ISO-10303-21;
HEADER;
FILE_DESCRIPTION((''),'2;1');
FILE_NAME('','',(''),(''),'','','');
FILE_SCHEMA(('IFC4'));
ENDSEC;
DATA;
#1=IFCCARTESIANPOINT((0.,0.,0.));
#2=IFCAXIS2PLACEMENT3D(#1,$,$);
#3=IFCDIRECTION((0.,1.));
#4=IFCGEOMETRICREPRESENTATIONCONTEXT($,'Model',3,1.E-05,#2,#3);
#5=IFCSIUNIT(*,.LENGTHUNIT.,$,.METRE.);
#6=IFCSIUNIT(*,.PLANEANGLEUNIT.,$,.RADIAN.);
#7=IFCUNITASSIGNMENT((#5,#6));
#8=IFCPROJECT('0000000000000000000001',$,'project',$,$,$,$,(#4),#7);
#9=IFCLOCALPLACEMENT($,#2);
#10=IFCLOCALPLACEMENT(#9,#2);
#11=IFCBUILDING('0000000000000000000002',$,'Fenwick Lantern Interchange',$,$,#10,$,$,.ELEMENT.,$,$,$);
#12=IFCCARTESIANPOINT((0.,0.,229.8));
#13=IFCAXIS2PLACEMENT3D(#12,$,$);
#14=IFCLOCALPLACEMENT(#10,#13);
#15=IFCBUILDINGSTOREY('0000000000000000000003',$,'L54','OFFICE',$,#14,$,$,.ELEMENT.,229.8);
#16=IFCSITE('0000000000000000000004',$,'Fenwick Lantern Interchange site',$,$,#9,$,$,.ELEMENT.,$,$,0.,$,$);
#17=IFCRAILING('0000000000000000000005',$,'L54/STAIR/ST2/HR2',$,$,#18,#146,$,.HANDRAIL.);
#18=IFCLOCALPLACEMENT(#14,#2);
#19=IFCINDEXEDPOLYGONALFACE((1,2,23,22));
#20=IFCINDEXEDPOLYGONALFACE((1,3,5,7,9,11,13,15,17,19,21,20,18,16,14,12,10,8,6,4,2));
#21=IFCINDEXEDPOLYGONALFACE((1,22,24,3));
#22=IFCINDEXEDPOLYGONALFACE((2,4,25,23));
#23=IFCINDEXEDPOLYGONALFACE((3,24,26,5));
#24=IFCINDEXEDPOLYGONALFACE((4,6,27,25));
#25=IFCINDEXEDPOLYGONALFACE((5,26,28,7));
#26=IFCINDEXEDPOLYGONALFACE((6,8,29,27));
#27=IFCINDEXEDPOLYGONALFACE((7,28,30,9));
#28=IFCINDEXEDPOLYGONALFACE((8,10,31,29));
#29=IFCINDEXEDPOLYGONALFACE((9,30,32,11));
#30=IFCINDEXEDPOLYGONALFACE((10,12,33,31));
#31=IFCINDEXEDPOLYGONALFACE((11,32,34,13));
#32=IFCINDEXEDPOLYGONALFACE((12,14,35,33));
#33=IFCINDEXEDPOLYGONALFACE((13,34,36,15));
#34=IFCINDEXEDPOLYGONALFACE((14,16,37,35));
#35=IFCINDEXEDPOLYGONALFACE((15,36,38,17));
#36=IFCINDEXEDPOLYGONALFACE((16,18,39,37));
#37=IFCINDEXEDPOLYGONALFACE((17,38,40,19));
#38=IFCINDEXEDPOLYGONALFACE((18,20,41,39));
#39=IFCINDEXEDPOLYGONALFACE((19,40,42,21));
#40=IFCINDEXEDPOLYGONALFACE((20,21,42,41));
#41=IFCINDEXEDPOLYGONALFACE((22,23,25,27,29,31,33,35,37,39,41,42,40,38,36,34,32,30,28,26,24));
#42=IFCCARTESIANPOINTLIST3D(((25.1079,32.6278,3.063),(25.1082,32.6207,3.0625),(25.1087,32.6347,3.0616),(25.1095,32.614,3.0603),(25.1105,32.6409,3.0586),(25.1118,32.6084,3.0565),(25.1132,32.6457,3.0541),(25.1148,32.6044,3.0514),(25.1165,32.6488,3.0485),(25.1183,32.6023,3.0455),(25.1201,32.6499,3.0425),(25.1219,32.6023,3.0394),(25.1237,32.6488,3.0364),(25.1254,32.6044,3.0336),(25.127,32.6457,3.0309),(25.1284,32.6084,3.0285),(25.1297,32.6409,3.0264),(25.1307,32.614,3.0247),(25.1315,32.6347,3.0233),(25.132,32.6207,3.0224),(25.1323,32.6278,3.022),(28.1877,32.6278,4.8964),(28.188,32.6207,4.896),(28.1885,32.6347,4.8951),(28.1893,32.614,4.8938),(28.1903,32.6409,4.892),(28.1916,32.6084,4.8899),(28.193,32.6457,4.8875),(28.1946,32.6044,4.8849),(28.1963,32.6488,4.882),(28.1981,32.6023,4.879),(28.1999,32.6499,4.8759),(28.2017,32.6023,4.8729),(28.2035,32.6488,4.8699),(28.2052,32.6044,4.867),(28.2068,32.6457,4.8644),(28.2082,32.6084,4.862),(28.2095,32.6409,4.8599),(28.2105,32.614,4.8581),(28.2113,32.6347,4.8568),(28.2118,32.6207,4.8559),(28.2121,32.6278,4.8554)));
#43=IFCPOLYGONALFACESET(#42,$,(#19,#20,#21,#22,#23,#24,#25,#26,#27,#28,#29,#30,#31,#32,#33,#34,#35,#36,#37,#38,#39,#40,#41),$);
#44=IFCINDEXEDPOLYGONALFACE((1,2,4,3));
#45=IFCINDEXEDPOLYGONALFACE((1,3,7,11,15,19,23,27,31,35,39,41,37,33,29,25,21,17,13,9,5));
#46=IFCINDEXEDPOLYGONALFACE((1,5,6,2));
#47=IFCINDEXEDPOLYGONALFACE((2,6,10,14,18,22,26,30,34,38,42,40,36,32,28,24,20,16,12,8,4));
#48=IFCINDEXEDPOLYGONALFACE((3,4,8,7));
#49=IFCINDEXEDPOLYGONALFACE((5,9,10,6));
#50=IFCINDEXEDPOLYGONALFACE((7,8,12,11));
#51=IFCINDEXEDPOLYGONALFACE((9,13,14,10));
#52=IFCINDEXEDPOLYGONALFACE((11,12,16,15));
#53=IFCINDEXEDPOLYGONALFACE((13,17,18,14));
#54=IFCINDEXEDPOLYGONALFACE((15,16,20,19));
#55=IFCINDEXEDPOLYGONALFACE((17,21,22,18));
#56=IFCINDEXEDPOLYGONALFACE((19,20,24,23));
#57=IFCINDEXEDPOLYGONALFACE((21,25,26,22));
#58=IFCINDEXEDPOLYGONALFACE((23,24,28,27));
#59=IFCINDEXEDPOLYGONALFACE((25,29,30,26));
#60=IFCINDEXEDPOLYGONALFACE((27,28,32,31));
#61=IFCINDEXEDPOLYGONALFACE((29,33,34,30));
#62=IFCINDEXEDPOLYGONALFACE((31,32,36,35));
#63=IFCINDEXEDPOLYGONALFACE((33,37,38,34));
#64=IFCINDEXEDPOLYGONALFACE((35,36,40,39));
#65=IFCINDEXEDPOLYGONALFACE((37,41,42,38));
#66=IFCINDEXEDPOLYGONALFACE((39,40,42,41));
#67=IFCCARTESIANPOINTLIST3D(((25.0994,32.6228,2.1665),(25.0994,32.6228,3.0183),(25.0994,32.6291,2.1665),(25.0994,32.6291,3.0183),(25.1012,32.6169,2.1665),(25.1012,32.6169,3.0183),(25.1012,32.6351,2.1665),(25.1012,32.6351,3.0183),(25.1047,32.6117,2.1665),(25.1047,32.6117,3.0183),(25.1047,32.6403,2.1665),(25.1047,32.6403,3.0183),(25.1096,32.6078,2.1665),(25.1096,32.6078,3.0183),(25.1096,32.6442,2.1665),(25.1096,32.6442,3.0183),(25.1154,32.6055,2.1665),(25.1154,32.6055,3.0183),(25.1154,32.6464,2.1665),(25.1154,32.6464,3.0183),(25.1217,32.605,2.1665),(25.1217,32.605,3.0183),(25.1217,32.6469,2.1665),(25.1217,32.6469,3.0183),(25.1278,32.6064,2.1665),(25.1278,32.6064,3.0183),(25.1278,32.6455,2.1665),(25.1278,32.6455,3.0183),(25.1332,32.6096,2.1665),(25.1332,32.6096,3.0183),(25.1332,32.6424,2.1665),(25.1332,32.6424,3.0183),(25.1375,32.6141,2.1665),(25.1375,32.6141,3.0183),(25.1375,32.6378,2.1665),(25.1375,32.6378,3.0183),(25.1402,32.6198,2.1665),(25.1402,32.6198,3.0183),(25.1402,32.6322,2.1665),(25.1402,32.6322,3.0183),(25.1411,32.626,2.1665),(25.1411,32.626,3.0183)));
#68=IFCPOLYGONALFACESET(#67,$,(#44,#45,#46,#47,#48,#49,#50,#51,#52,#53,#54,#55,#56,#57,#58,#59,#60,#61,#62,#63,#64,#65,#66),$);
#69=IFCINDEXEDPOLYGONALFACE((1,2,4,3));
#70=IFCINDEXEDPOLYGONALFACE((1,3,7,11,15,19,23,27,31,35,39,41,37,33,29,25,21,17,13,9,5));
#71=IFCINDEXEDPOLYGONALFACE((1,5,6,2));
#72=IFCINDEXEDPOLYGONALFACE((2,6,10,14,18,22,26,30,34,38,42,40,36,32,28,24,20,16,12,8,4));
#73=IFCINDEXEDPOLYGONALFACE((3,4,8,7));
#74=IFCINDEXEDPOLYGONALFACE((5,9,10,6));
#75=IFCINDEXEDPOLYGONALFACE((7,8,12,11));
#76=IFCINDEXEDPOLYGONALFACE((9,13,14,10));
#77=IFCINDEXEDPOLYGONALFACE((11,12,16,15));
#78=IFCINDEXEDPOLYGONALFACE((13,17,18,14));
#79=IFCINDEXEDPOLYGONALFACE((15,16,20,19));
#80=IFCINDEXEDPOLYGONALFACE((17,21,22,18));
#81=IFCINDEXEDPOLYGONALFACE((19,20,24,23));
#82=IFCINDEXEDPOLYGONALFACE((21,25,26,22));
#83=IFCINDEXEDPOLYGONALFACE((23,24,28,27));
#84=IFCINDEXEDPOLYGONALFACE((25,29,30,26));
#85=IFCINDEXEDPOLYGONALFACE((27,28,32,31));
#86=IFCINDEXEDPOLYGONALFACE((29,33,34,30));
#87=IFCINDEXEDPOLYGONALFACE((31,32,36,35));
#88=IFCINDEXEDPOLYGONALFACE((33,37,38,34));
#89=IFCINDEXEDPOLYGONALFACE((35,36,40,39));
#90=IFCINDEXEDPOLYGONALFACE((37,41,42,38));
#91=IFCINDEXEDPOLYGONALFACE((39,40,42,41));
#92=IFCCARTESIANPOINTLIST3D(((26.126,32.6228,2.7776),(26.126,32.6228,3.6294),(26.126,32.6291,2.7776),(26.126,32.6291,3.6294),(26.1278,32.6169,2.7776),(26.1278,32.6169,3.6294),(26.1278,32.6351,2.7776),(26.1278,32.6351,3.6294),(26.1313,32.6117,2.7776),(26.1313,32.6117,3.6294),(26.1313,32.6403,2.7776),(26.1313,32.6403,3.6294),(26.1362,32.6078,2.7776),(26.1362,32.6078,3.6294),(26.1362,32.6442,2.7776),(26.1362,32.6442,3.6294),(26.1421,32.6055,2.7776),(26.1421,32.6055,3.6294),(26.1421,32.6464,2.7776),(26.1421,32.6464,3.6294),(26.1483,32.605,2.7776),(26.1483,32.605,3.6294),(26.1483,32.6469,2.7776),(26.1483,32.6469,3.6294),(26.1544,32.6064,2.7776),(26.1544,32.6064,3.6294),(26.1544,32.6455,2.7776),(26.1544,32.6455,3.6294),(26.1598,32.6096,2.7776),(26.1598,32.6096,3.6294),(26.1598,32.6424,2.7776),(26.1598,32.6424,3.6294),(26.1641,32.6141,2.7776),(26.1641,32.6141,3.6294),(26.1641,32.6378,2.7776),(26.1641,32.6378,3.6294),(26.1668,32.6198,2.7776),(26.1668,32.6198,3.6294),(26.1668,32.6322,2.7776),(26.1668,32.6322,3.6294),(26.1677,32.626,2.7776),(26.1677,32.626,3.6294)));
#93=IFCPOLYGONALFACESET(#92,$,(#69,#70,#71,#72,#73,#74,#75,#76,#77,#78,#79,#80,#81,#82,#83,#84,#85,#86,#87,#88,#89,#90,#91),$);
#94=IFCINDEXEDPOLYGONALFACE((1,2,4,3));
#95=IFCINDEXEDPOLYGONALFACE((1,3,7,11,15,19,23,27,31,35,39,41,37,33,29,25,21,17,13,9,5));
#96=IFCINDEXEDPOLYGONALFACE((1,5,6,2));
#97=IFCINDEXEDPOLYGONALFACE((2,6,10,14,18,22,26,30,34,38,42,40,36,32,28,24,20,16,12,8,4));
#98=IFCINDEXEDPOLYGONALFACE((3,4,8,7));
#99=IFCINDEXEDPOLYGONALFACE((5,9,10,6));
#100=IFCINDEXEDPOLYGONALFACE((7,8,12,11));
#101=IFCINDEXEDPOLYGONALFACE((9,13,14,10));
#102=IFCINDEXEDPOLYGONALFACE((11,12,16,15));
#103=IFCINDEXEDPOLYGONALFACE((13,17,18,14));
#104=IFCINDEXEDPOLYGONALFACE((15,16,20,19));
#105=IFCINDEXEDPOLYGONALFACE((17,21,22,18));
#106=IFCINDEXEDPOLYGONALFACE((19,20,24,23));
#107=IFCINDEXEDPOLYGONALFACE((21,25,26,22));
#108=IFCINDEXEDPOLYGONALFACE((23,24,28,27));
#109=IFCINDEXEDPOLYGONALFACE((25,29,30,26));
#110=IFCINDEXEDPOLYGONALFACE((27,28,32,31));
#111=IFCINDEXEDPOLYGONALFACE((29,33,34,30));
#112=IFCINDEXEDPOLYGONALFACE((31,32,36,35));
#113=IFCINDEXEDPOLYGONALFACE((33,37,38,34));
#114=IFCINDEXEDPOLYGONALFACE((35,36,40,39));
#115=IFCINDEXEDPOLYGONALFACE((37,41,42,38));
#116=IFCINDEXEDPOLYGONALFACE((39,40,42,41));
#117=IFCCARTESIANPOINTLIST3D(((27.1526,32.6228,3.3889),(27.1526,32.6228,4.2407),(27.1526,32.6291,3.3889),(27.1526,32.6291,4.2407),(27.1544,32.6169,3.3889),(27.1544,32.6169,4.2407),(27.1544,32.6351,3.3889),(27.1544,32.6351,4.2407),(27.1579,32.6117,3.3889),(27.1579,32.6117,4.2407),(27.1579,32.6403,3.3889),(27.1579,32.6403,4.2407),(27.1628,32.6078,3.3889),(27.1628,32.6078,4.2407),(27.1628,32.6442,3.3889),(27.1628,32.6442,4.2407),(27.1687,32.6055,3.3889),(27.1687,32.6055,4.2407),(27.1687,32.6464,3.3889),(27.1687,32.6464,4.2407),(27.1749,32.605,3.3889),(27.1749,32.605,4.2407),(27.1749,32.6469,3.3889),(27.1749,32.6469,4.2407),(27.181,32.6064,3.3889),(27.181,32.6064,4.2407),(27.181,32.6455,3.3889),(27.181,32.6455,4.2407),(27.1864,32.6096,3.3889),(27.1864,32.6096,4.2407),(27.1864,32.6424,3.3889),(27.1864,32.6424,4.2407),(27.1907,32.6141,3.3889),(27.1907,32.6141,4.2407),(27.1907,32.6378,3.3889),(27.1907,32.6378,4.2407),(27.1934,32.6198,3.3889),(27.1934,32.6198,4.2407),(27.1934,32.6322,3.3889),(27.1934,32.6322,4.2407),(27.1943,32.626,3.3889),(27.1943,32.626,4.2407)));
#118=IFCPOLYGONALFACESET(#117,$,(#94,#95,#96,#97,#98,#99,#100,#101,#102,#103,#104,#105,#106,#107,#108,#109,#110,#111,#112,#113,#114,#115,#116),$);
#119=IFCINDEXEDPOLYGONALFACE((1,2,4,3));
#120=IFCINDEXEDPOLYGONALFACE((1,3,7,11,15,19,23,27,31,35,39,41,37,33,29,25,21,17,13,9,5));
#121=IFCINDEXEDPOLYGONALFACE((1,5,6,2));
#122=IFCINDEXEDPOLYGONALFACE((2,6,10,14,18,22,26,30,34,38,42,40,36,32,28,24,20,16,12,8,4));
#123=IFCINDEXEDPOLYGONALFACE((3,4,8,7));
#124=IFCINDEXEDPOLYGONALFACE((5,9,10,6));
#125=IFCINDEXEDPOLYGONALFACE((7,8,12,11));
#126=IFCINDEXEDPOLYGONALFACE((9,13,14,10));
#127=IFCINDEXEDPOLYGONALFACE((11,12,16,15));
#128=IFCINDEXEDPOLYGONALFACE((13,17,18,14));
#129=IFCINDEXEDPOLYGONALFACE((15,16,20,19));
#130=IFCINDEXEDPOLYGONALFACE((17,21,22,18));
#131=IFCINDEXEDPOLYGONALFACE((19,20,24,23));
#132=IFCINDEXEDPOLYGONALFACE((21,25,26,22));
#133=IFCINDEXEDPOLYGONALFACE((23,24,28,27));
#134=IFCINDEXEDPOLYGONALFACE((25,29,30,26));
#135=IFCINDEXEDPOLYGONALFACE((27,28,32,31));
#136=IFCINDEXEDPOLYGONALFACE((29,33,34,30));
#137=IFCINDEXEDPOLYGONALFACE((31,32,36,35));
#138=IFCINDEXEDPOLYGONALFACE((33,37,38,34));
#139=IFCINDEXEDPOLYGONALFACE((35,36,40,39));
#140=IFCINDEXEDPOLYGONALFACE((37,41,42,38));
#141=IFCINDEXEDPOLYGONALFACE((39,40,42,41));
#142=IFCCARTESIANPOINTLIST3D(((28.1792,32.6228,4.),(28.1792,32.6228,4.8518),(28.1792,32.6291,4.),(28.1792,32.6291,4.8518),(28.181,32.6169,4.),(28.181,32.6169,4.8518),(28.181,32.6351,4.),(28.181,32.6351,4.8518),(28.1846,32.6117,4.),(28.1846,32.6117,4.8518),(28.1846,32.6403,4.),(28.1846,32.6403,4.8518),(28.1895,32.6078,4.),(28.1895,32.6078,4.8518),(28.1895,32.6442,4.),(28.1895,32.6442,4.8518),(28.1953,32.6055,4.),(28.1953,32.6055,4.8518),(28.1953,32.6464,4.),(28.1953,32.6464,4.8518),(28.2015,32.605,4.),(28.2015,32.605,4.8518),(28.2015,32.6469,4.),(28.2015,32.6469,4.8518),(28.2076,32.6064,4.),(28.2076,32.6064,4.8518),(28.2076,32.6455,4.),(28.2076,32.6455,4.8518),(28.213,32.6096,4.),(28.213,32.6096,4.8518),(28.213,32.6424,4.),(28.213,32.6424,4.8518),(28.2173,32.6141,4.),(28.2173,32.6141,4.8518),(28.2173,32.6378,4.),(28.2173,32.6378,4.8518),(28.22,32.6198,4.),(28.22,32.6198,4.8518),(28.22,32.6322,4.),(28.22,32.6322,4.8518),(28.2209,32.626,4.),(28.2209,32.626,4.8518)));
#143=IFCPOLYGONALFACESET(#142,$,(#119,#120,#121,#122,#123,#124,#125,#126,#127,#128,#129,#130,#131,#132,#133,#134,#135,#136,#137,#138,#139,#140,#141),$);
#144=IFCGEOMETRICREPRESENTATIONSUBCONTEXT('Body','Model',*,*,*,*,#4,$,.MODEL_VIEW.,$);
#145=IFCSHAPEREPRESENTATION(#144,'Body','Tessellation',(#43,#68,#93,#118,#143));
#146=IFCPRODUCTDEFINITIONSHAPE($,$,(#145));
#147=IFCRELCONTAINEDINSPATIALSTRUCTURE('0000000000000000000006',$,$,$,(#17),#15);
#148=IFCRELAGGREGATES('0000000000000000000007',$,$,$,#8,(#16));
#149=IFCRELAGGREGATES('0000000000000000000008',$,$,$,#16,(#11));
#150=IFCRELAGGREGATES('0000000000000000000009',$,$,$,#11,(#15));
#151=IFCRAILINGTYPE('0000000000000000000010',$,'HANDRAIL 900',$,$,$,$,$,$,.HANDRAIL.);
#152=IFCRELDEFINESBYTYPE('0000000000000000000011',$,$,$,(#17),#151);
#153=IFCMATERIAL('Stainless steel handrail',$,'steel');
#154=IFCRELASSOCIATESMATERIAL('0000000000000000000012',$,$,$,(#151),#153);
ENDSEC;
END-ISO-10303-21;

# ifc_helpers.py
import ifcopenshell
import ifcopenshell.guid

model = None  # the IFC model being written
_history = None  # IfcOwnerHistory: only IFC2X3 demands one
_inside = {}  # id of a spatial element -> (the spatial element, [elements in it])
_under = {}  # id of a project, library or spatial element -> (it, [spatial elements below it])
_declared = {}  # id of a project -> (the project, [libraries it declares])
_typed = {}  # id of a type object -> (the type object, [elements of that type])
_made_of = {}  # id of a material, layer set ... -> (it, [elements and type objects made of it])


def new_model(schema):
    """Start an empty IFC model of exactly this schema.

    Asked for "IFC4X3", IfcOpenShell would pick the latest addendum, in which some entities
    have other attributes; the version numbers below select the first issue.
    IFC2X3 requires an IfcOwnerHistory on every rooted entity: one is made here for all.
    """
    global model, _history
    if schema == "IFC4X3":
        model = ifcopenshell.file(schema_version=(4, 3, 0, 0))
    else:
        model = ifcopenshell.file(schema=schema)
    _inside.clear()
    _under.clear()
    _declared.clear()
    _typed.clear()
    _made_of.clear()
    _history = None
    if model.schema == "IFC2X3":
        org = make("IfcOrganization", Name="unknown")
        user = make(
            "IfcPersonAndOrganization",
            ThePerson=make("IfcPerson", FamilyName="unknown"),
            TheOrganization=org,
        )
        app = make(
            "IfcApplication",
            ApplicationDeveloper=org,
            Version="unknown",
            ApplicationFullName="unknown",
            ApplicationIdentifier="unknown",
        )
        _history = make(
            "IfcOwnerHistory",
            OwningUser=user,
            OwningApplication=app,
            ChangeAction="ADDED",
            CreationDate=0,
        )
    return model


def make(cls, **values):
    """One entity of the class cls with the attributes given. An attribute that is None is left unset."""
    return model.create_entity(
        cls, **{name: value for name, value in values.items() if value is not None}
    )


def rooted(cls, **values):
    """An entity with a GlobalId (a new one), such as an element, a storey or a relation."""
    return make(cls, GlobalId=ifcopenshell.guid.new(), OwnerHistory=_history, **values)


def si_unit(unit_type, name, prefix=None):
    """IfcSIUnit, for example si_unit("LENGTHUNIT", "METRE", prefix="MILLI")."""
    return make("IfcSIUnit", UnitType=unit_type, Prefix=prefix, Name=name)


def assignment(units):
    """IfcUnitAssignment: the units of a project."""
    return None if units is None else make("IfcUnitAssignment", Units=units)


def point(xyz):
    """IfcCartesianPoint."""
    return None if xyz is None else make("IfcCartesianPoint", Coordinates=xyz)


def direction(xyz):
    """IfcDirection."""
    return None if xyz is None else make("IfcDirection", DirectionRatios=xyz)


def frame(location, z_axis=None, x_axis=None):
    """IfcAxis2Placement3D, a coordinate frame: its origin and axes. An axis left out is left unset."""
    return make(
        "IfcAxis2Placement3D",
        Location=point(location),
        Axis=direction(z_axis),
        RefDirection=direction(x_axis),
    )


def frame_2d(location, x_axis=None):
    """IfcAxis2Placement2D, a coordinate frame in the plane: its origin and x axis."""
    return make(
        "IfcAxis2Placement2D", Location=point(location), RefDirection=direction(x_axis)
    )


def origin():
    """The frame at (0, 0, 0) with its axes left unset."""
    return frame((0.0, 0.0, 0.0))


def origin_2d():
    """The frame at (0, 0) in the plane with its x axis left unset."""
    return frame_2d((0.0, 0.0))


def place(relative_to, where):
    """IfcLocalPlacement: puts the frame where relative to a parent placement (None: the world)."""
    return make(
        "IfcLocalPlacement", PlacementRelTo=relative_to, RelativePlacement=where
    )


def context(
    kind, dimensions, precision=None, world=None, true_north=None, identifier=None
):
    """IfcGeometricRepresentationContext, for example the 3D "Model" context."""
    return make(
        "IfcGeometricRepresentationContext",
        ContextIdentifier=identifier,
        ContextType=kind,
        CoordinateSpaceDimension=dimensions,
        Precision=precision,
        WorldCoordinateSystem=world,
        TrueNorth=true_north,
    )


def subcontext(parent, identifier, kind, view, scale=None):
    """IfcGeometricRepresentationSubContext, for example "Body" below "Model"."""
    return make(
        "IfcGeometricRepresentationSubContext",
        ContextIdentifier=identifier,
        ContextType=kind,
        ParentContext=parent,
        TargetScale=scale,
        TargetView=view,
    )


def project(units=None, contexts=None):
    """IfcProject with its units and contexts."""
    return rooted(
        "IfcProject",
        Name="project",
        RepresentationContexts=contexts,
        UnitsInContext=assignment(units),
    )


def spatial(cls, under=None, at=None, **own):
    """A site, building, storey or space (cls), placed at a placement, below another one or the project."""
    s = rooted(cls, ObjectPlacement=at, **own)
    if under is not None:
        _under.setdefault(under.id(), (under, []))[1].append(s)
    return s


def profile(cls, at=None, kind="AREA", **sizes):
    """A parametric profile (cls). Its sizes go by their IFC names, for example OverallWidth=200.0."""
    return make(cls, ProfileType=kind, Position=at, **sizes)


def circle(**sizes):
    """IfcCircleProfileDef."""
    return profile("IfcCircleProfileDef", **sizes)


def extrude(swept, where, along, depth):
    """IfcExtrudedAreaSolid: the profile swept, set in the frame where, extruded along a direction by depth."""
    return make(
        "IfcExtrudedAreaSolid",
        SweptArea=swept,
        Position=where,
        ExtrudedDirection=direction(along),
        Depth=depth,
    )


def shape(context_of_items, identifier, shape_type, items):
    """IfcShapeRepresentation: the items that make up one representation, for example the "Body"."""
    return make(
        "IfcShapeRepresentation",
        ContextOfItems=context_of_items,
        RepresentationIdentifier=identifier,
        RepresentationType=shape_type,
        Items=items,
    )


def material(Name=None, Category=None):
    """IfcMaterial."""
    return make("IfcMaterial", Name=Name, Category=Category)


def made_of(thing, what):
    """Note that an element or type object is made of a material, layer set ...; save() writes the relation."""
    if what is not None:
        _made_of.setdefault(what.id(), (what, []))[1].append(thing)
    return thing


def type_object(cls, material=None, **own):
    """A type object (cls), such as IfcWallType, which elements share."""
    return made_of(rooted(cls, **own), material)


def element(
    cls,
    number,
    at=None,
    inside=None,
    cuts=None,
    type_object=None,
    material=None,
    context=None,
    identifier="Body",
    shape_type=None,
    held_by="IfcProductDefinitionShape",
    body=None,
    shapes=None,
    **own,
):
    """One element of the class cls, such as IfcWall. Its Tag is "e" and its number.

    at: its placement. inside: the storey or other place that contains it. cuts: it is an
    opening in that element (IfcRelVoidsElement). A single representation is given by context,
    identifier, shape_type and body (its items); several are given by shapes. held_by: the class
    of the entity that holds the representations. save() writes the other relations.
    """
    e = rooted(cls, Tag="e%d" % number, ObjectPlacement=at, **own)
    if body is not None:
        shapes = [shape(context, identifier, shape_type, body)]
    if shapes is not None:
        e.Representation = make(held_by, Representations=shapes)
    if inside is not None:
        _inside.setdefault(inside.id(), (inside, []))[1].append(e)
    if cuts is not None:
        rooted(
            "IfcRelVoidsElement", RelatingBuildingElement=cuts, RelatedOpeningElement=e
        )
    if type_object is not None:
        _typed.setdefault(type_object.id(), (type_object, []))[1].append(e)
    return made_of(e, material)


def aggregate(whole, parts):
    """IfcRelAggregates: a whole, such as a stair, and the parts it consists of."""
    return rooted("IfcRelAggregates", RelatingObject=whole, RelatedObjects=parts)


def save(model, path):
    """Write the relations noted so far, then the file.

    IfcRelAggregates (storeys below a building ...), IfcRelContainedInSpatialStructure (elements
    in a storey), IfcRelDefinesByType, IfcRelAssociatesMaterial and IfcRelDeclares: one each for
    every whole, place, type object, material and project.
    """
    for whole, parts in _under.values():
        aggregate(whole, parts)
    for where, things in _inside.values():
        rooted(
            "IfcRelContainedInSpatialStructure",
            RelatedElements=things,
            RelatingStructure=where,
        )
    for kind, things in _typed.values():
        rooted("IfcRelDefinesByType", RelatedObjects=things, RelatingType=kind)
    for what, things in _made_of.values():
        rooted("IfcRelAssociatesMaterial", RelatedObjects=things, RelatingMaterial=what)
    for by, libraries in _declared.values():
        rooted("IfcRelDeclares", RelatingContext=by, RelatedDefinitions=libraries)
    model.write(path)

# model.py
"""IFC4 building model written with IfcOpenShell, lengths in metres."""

from ifc_helpers import new_model, si_unit, direction, frame, origin, origin_2d, place, context, subcontext, project, spatial, circle, extrude, material, type_object, element, save


model = new_model("IFC4")

# Units and contexts
model_context = context("Model", 3, precision=1e-05, world=origin(), true_north=direction((0.0, 1.0)))
body_context = subcontext(model_context, "Body", "Model", "MODEL_VIEW")
ifc_project = project(units=[si_unit("LENGTHUNIT", "METRE"), si_unit("PLANEANGLEUNIT", "RADIAN")], contexts=[model_context])

# Site, building, storey
site_placement = place(None, origin())
site = spatial("IfcSite", under=ifc_project, at=site_placement, Name="Fenwick Lantern Interchange site", CompositionType="ELEMENT", RefElevation=0.0)
building_placement = place(site_placement, origin())
building = spatial("IfcBuilding", under=site, at=building_placement, Name="Fenwick Lantern Interchange", CompositionType="ELEMENT")
storey_placement = place(building_placement, frame((0.0, 0.0, 229.8)))
storey = spatial("IfcBuildingStorey", under=building, at=storey_placement, Name="L54", Description="OFFICE", CompositionType="ELEMENT", Elevation=229.8)

# Railing
ifc_material_1 = material(Name="Stainless steel handrail", Category="steel")
railing_type = type_object("IfcRailingType", Name="HANDRAIL 900", PredefinedType="HANDRAIL", material=ifc_material_1)
railing_placement = place(storey_placement, frame((25.1201, 32.626, 2.1665)))
element("IfcRailing", 1, at=railing_placement, inside=storey, type_object=railing_type, Name="L54/STAIR/ST2/HR2", PredefinedType="HANDRAIL", context=body_context, shape_type="SweptSolid", body=[
    extrude(circle(Radius=0.0239, at=origin_2d()), frame((0.0, 0.0, 0.876), z_axis=(0.859261, 0.0, 0.511538), x_axis=(0.0, 1.0, 0.0)), (0.0, 0.0, 1.0), 3.5842),
    extrude(circle(Radius=0.021, at=origin_2d()), origin(), (0.0, 0.0, 1.0), 0.8518),
    extrude(circle(Radius=0.021, at=origin_2d()), frame((1.0266, 0.0, 0.6111)), (0.0, 0.0, 1.0), 0.8518),
    extrude(circle(Radius=0.021, at=origin_2d()), frame((2.0532, 0.0, 1.2224)), (0.0, 0.0, 1.0), 0.8518),
    extrude(circle(Radius=0.021, at=origin_2d()), frame((3.0798, 0.0, 1.8335)), (0.0, 0.0, 1.0), 0.8518),
])

save(model, "model.ifc")
